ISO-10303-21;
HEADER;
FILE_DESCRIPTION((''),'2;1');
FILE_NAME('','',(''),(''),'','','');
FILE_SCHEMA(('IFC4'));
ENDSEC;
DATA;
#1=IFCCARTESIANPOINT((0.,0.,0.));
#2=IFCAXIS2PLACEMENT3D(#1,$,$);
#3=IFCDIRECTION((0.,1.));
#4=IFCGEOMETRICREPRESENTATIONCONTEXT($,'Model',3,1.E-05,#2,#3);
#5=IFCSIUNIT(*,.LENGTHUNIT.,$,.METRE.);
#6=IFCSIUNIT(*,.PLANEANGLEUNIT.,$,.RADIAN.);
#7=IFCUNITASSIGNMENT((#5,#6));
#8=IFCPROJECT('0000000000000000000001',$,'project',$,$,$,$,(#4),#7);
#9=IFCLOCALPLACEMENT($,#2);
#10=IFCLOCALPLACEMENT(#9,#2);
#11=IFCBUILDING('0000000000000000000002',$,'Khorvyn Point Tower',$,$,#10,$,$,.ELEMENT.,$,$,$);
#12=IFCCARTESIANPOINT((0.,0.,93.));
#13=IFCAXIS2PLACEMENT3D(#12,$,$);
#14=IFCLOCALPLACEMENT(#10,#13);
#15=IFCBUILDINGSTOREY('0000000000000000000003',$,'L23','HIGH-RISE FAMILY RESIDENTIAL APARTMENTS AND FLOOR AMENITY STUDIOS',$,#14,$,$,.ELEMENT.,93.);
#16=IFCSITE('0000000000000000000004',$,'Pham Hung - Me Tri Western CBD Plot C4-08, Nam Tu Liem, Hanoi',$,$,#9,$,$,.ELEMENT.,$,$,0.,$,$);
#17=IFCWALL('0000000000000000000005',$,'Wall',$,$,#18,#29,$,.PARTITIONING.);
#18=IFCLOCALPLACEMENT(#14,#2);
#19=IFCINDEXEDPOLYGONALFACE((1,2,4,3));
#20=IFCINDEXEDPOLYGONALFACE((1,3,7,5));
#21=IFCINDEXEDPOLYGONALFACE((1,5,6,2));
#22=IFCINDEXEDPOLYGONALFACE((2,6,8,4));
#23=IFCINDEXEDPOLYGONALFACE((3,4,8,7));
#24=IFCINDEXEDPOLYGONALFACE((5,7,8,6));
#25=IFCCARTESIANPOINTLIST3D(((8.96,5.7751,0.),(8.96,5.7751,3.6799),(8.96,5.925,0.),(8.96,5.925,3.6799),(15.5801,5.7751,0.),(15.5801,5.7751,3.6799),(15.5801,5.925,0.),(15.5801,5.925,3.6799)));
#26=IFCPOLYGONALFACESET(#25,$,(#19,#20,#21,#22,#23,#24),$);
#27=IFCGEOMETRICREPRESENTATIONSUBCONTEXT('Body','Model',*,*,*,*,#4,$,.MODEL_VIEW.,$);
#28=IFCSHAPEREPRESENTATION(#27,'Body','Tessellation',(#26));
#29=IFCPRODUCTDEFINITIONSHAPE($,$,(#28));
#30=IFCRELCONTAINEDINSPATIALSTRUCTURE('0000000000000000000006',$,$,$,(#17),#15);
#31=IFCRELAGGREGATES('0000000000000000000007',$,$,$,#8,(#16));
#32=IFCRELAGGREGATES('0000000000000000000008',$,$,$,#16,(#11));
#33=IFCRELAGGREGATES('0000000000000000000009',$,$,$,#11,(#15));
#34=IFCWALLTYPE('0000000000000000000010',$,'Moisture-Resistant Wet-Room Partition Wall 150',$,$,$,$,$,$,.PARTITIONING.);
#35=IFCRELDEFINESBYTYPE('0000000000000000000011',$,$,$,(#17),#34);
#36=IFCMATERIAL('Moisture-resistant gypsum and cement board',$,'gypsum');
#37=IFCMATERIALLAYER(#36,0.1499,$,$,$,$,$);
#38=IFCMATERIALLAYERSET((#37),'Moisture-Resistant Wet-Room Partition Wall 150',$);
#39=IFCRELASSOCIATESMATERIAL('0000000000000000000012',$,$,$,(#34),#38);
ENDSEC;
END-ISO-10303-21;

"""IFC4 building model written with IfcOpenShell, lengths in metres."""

from ifc_helpers import new_model, si_unit, direction, frame, frame_2d, origin, place, context, subcontext, project, spatial, rectangle, extrude, material, layer, layer_set, type_object, element, save


model = new_model("IFC4")

# Units and contexts
model_context = context("Model", 3, precision=1e-05, world=origin(), true_north=direction((0.0, 1.0)))
body_context = subcontext(model_context, "Body", "Model", "MODEL_VIEW")
ifc_project = project(units=[si_unit("LENGTHUNIT", "METRE"), si_unit("PLANEANGLEUNIT", "RADIAN")], contexts=[model_context])

# Site, building, storey
site_placement = place(None, origin())
site = spatial("IfcSite", under=ifc_project, at=site_placement, Name="Pham Hung - Me Tri Western CBD Plot C4-08, Nam Tu Liem, Hanoi", CompositionType="ELEMENT", RefElevation=0.0)
building_placement = place(site_placement, origin())
building = spatial("IfcBuilding", under=site, at=building_placement, Name="Khorvyn Point Tower", CompositionType="ELEMENT")
storey_placement = place(building_placement, frame((0.0, 0.0, 93.0)))
storey = spatial("IfcBuildingStorey", under=building, at=storey_placement, Name="L23", Description="HIGH-RISE FAMILY RESIDENTIAL APARTMENTS AND FLOOR AMENITY STUDIOS", CompositionType="ELEMENT", Elevation=93.0)

# Shared definitions
ifc_material_1 = material(Name="Moisture-resistant gypsum and cement board", Category="gypsum")
ifc_layer_1 = layer(ifc_material_1, 0.1499)
ifc_layer_set_1 = layer_set([ifc_layer_1], Name="Moisture-Resistant Wet-Room Partition Wall 150")
wall_type_1 = type_object("IfcWallType", Name="Moisture-Resistant Wet-Room Partition Wall 150", PredefinedType="PARTITIONING", material=ifc_layer_set_1)

# Wall
wall_1_placement = place(storey_placement, frame((8.96, 5.8501, 0.0), z_axis=(0.0, 0.0, 1.0), x_axis=(1.0, 0.0, 0.0)))
element("IfcWall", 1, at=wall_1_placement, inside=storey, type_object=wall_type_1, Name="Wall", PredefinedType="PARTITIONING", context=body_context, shape_type="SweptSolid", body=[
    extrude(rectangle(XDim=6.6201, YDim=0.1499, at=frame_2d((3.3101, 0.0))), origin(), (0.0, 0.0, 1.0), 3.6799),
])

save(model, "model.ifc")
